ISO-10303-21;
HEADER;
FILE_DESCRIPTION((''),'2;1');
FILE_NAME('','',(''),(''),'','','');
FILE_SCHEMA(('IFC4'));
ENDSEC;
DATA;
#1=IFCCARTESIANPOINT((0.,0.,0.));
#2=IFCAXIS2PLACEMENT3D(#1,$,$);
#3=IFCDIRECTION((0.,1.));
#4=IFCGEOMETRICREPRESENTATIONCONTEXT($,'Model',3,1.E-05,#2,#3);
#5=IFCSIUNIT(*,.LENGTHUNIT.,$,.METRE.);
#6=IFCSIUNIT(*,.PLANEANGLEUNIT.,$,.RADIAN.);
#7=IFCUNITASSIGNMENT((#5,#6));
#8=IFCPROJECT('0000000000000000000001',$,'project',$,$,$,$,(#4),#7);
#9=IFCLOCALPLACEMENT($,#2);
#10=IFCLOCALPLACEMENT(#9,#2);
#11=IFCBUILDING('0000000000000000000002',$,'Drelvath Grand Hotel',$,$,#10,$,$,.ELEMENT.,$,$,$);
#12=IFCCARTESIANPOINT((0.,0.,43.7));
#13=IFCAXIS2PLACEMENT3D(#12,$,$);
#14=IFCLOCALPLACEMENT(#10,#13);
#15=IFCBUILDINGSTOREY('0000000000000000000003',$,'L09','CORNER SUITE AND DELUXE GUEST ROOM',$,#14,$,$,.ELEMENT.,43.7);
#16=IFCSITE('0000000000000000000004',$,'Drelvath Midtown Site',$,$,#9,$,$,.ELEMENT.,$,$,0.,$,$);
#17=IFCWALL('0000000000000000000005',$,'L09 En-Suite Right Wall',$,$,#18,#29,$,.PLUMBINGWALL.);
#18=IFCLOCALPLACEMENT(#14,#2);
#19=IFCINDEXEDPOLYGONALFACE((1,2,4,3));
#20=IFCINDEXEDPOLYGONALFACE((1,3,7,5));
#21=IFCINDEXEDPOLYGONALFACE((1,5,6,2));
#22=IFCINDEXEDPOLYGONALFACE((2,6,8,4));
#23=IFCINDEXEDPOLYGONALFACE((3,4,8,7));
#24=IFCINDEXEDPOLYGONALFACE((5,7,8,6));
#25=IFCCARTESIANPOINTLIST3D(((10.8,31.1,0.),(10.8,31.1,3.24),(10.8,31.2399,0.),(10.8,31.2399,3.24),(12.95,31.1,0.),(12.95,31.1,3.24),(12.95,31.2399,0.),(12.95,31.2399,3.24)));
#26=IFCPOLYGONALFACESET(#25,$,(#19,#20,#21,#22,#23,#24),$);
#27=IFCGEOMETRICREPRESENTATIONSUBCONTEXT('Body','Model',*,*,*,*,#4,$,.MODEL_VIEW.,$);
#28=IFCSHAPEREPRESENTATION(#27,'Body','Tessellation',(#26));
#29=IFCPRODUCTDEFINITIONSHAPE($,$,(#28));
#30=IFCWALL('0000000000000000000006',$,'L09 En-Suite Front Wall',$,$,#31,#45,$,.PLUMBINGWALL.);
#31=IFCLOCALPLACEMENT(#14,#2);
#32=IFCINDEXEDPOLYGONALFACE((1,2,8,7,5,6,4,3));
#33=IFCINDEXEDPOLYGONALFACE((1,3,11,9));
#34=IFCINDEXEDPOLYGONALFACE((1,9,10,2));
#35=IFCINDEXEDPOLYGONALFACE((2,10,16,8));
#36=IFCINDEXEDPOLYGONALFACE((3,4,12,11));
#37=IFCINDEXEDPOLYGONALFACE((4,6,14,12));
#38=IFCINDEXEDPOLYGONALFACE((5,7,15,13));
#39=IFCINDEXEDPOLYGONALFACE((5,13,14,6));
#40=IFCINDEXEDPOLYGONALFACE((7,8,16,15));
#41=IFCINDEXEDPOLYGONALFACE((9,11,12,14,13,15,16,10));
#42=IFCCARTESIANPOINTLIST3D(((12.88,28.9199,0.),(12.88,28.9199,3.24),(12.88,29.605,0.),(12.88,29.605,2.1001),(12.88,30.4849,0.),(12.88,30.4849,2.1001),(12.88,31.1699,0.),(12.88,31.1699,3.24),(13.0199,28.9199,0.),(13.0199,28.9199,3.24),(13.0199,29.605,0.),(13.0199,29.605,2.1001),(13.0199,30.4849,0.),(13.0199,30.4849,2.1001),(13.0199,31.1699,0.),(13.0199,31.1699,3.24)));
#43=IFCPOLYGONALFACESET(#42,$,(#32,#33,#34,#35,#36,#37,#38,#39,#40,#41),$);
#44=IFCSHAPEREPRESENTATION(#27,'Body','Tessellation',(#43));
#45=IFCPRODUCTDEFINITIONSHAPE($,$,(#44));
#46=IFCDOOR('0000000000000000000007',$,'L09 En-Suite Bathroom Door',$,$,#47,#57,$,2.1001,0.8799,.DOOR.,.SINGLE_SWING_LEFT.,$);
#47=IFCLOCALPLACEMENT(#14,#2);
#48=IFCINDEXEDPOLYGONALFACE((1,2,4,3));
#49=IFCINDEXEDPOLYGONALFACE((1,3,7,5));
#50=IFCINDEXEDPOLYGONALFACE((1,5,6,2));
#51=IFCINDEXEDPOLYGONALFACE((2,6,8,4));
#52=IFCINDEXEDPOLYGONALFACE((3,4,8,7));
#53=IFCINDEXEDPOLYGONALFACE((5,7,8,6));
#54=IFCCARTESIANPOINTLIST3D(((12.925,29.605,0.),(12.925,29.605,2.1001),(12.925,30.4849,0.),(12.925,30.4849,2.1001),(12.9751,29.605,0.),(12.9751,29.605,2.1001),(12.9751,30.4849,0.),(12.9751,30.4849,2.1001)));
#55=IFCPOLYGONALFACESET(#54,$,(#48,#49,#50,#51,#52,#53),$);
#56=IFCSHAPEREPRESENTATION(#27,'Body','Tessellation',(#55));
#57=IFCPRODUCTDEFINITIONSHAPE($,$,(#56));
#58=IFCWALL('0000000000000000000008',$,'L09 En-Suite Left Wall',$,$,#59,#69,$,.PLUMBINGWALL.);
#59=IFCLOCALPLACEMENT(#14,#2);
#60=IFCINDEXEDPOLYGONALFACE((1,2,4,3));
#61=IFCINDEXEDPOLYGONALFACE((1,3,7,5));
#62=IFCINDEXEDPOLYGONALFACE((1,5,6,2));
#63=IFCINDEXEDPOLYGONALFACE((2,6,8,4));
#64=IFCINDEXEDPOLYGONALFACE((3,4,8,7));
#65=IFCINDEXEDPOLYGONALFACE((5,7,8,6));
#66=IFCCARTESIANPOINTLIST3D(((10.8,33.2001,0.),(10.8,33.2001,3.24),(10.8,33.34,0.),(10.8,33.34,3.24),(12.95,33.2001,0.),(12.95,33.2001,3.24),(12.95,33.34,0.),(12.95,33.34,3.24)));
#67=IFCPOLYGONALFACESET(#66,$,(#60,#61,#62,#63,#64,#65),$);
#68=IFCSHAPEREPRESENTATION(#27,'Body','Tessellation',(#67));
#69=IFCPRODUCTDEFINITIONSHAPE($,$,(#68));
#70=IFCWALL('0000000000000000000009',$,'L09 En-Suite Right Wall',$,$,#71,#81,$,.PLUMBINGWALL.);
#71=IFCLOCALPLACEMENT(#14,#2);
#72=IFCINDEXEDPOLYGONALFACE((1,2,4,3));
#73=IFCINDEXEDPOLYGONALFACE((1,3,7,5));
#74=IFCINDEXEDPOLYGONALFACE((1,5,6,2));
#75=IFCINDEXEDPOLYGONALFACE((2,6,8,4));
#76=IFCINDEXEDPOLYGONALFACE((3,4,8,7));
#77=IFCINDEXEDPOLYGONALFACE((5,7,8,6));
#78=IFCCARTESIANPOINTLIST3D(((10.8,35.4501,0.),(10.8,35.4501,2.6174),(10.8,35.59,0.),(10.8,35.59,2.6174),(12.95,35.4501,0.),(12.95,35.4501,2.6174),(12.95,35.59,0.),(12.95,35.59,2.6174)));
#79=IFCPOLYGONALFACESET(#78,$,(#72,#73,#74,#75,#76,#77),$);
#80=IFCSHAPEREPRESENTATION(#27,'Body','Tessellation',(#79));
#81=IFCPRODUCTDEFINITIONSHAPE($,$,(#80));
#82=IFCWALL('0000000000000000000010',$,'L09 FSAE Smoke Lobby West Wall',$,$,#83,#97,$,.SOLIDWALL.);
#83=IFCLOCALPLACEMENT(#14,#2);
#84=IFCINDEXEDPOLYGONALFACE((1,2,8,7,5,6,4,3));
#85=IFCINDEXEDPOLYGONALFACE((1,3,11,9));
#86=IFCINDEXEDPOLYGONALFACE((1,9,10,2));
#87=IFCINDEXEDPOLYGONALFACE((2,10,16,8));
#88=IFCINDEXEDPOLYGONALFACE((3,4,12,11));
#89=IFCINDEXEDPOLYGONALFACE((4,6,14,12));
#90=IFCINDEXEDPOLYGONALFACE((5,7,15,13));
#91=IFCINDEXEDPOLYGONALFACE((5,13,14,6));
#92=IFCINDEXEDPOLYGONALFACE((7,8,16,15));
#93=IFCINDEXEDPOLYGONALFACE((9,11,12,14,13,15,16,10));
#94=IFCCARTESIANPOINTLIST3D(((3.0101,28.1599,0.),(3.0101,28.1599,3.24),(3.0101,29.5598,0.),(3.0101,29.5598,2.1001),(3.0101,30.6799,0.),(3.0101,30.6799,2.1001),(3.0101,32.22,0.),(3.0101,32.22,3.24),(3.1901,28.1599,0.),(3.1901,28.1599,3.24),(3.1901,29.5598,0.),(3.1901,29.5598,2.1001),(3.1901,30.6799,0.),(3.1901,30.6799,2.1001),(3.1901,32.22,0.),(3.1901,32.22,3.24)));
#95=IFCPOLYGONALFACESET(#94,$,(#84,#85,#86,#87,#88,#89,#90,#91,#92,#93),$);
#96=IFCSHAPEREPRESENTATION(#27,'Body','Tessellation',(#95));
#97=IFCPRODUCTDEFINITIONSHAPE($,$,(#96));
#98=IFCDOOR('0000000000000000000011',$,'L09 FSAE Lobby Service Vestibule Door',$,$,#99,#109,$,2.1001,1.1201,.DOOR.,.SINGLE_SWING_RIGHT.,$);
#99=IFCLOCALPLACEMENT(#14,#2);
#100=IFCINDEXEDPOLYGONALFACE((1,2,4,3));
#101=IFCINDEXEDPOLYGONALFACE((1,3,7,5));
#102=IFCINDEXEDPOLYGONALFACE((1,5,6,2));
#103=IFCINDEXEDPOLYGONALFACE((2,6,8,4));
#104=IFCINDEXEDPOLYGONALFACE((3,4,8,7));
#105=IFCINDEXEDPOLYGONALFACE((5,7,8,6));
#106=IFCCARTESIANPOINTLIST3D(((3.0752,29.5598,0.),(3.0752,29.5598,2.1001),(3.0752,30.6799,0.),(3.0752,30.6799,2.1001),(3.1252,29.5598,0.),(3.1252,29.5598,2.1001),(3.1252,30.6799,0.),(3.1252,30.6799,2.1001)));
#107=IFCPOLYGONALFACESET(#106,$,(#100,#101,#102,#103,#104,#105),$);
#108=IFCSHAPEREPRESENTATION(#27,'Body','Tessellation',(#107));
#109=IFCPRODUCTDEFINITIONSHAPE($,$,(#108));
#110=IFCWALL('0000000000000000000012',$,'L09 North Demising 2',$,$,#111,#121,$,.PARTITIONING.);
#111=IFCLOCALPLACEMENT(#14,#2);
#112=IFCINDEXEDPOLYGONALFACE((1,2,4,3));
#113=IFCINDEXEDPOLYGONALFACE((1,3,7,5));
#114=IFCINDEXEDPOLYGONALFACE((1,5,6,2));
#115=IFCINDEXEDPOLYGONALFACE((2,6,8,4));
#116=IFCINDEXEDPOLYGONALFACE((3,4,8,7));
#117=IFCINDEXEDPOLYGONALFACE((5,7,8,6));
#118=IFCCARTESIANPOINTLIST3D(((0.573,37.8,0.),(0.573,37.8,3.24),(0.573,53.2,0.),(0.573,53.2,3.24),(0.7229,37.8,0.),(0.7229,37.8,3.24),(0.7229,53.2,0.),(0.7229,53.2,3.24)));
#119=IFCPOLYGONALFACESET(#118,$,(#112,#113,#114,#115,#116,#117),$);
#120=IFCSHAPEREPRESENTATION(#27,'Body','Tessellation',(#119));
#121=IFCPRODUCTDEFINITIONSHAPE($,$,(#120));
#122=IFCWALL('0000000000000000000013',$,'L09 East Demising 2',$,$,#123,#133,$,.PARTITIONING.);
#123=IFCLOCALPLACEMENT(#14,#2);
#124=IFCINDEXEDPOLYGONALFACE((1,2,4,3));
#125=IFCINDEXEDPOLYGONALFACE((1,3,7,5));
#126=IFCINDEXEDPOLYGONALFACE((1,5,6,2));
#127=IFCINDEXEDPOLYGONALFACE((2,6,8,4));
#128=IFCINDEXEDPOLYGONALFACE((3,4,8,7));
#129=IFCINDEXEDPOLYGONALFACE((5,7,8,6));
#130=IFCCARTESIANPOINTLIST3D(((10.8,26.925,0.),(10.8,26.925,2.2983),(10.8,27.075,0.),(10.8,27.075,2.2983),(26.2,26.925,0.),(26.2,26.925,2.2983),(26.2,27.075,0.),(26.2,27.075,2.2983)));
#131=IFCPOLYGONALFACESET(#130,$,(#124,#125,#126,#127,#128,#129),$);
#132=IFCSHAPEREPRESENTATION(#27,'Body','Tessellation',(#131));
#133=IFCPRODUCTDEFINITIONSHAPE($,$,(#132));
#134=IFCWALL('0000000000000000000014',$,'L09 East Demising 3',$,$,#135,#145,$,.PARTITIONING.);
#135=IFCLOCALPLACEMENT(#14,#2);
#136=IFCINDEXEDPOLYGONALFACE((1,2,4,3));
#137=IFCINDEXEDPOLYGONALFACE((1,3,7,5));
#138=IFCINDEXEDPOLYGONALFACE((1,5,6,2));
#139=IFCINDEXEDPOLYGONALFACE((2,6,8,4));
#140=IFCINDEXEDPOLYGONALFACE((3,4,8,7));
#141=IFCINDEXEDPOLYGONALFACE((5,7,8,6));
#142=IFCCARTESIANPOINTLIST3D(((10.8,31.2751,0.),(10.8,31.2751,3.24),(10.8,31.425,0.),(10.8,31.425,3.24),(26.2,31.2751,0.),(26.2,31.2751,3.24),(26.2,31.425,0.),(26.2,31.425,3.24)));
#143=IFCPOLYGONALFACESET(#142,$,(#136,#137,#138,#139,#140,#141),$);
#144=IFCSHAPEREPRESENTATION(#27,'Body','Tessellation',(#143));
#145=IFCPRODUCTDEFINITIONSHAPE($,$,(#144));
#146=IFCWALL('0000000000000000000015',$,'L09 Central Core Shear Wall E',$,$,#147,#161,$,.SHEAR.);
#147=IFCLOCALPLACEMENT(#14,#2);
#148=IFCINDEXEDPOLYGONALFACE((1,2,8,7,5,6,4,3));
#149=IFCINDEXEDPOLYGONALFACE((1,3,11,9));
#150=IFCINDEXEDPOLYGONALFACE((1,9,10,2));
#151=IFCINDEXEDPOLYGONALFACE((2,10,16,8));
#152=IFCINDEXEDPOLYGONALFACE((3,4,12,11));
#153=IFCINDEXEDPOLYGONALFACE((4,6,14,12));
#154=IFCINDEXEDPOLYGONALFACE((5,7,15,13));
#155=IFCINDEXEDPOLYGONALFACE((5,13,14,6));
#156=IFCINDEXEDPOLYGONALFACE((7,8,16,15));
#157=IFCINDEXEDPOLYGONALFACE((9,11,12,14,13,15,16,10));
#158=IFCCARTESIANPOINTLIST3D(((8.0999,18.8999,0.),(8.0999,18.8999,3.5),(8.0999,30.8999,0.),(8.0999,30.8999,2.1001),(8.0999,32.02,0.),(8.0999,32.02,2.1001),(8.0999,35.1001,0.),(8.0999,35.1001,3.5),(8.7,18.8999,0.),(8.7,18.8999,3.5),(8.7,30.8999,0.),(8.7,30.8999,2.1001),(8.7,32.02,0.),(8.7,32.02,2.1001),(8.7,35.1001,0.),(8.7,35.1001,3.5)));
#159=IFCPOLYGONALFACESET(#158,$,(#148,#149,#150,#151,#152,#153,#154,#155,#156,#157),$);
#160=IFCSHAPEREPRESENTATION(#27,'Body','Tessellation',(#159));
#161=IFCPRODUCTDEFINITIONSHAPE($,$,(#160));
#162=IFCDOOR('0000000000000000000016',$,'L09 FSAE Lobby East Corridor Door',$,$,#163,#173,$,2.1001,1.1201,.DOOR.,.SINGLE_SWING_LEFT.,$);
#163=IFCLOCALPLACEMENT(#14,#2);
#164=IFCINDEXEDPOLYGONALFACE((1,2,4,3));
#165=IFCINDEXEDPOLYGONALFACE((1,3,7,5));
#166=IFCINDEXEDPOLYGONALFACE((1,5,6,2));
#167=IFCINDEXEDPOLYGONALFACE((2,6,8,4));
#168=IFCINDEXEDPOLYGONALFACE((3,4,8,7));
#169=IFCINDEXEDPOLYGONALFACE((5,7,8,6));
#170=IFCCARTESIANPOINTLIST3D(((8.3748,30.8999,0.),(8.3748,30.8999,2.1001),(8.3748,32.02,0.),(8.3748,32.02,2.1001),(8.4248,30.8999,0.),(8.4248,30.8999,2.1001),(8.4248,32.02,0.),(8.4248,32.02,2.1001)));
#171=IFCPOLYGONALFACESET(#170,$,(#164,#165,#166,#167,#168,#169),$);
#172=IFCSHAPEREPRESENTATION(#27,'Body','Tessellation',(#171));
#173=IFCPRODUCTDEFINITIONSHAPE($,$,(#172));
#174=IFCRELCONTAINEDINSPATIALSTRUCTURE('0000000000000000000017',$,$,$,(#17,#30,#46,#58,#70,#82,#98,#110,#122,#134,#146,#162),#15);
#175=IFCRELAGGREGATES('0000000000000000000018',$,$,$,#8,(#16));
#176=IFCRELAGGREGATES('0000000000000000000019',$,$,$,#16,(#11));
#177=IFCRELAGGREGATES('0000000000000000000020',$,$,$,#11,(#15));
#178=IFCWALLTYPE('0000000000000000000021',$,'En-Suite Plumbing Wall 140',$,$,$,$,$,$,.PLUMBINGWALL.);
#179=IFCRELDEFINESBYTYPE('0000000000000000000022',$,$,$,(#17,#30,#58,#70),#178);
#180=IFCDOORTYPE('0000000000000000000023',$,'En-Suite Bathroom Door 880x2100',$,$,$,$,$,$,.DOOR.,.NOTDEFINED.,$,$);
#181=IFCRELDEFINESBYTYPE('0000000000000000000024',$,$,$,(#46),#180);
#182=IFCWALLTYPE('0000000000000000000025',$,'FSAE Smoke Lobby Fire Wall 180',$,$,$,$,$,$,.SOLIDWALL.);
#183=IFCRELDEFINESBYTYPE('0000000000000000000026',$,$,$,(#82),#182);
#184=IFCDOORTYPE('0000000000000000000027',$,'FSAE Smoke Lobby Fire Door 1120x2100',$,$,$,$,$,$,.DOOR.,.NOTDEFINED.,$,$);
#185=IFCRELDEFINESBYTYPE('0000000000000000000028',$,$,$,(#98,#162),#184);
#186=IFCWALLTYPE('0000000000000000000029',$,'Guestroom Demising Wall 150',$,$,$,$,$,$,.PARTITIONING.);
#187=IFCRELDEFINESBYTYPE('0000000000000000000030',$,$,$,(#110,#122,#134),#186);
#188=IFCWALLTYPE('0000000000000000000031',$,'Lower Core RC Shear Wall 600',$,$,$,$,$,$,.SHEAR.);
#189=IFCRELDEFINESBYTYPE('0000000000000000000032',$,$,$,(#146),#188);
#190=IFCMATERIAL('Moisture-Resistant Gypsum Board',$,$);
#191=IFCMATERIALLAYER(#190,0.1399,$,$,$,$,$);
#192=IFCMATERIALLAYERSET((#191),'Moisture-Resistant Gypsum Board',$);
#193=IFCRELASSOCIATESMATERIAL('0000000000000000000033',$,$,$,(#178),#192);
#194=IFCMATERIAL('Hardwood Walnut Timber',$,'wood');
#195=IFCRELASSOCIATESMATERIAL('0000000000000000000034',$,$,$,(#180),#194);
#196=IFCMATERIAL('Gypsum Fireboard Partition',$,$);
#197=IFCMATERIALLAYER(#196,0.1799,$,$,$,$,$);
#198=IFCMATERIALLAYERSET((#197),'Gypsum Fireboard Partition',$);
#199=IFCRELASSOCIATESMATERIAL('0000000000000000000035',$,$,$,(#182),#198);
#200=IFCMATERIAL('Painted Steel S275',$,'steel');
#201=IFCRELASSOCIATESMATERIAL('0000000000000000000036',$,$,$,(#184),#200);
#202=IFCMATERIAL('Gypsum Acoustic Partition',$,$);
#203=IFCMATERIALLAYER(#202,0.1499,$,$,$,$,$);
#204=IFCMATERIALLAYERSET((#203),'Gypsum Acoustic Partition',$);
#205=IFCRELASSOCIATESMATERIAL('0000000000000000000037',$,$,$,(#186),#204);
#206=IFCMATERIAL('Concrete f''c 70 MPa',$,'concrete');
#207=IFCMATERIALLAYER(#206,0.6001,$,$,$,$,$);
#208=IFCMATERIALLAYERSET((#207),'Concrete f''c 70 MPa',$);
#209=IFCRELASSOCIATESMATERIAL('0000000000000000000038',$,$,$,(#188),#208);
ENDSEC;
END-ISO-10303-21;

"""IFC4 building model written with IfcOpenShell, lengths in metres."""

from ifc_helpers import new_model, si_unit, direction, frame, frame_2d, origin, place, context, subcontext, project, spatial, rectangle, extrude, material, layer, layer_set, type_object, element, fill, save


model = new_model("IFC4")

# Units and contexts
model_context = context("Model", 3, precision=1e-05, world=origin(), true_north=direction((0.0, 1.0)))
body_context = subcontext(model_context, "Body", "Model", "MODEL_VIEW")
ifc_project = project(units=[si_unit("LENGTHUNIT", "METRE"), si_unit("PLANEANGLEUNIT", "RADIAN")], contexts=[model_context])

# Site, building, storey
site_placement = place(None, origin())
site = spatial("IfcSite", under=ifc_project, at=site_placement, Name="Drelvath Midtown Site", CompositionType="ELEMENT", RefElevation=0.0)
building_placement = place(site_placement, origin())
building = spatial("IfcBuilding", under=site, at=building_placement, Name="Drelvath Grand Hotel", CompositionType="ELEMENT")
storey_placement = place(building_placement, frame((0.0, 0.0, 43.7)))
storey = spatial("IfcBuildingStorey", under=building, at=storey_placement, Name="L09", Description="CORNER SUITE AND DELUXE GUEST ROOM", CompositionType="ELEMENT", Elevation=43.7)

# Shared definitions
ifc_material_1 = material(Name="Concrete f'c 70 MPa", Category="concrete")

# Shared definitions
ifc_material_2 = material(Name="Painted Steel S275", Category="steel")

# Wall
ifc_material_3 = material(Name="Gypsum Fireboard Partition")
ifc_material_4 = material(Name="Moisture-Resistant Gypsum Board")
ifc_layer_1 = layer(ifc_material_4, 0.1399)
ifc_layer_set_1 = layer_set([ifc_layer_1], Name="Moisture-Resistant Gypsum Board")
wall_type_1 = type_object("IfcWallType", Name="En-Suite Plumbing Wall 140", PredefinedType="PLUMBINGWALL", material=ifc_layer_set_1)
for number, where, z_axis, x_axis, name in (
    (1, (10.8, 31.1699, 0.0), (0.0, 0.0, 1.0), (1.0, 0.0, 0.0), "L09 En-Suite Right Wall"),
):
    element("IfcWall", number, at=place(storey_placement, frame(where, z_axis=z_axis, x_axis=x_axis)), inside=storey, type_object=wall_type_1, Name=name, PredefinedType="PLUMBINGWALL", context=body_context, shape_type="SweptSolid", body=[
        extrude(rectangle(XDim=2.1499, YDim=0.1399, at=frame_2d((1.075, 0.0))), origin(), (0.0, 0.0, 1.0), 3.24),
    ])

# Wall, opening, door
wall_1_placement = place(storey_placement, frame((12.95, 28.9199, 0.0), z_axis=(0.0, 0.0, 1.0), x_axis=(0.0, 1.0, 0.0)))
wall_1 = element("IfcWall", 2, at=wall_1_placement, inside=storey, type_object=wall_type_1, Name="L09 En-Suite Front Wall", PredefinedType="PLUMBINGWALL", context=body_context, shape_type="SweptSolid", body=[
    extrude(rectangle(XDim=2.25, YDim=0.1399, at=frame_2d((1.125, 0.0))), origin(), (0.0, 0.0, 1.0), 3.24),
])
opening_1_placement = place(wall_1_placement, frame((0.6851, 0.0, 0.0)))
opening_1 = element("IfcOpeningElement", 3, at=opening_1_placement, cuts=wall_1, PredefinedType="OPENING", context=body_context, shape_type="SweptSolid", body=[
    extrude(rectangle(XDim=0.8799, YDim=2.1001, at=frame_2d((0.4399, 1.05))), frame((0.0, 0.0798, 0.0), z_axis=(0.0, -1.0, 0.0), x_axis=(1.0, 0.0, 0.0)), (0.0, 0.0, 1.0), 0.1599),
])
ifc_material_5 = material(Name="Hardwood Walnut Timber", Category="wood")
door_type_1 = type_object("IfcDoorType", Name="En-Suite Bathroom Door 880x2100", OperationType="NOTDEFINED", PredefinedType="DOOR", material=ifc_material_5)
door_1_placement = place(opening_1_placement, origin())
door_1 = element("IfcDoor", 4, at=door_1_placement, inside=storey, type_object=door_type_1, Name="L09 En-Suite Bathroom Door", OperationType="SINGLE_SWING_LEFT", OverallHeight=2.1001, OverallWidth=0.8799, PredefinedType="DOOR", context=body_context, shape_type="SweptSolid", body=[
    extrude(rectangle(XDim=0.8799, YDim=2.1001, at=frame_2d((0.4399, 1.05))), frame((0.0, 0.0249, 0.0), z_axis=(0.0, -1.0, 0.0), x_axis=(1.0, 0.0, 0.0)), (0.0, 0.0, 1.0), 0.05),
])
fill(opening_1, door_1)

# Walls
wall_2_placement = place(storey_placement, frame((10.8, 33.27, 0.0), z_axis=(0.0, 0.0, 1.0), x_axis=(1.0, 0.0, 0.0)))
element("IfcWall", 5, at=wall_2_placement, inside=storey, type_object=wall_type_1, Name="L09 En-Suite Left Wall", PredefinedType="PLUMBINGWALL", context=body_context, shape_type="SweptSolid", body=[
    extrude(rectangle(XDim=2.1499, YDim=0.1399, at=frame_2d((1.075, 0.0))), origin(), (0.0, 0.0, 1.0), 3.24),
])
wall_3_placement = place(storey_placement, frame((10.8, 35.52, 0.0), z_axis=(0.0, 0.0, 1.0), x_axis=(1.0, 0.0, 0.0)))
element("IfcWall", 6, at=wall_3_placement, inside=storey, type_object=wall_type_1, Name="L09 En-Suite Right Wall", PredefinedType="PLUMBINGWALL", context=body_context, shape_type="SweptSolid", body=[
    extrude(rectangle(XDim=2.1499, YDim=0.1399, at=frame_2d((1.075, 0.0))), origin(), (0.0, 0.0, 1.0), 2.6174),
])

# Wall, opening, door
ifc_layer_2 = layer(ifc_material_3, 0.1799)
ifc_layer_set_2 = layer_set([ifc_layer_2], Name="Gypsum Fireboard Partition")
wall_type_2 = type_object("IfcWallType", Name="FSAE Smoke Lobby Fire Wall 180", PredefinedType="SOLIDWALL", material=ifc_layer_set_2)
wall_4_placement = place(storey_placement, frame((3.1001, 28.1599, 0.0), z_axis=(0.0, 0.0, 1.0), x_axis=(0.0, 1.0, 0.0)))
wall_4 = element("IfcWall", 7, at=wall_4_placement, inside=storey, type_object=wall_type_2, Name="L09 FSAE Smoke Lobby West Wall", PredefinedType="SOLIDWALL", context=body_context, shape_type="SweptSolid", body=[
    extrude(rectangle(XDim=4.0601, YDim=0.1799, at=frame_2d((2.03, 0.0))), origin(), (0.0, 0.0, 1.0), 3.24),
])
opening_2_placement = place(wall_4_placement, frame((1.3999, 0.0, 0.0)))
opening_2 = element("IfcOpeningElement", 8, at=opening_2_placement, cuts=wall_4, PredefinedType="OPENING", context=body_context, shape_type="SweptSolid", body=[
    extrude(rectangle(XDim=1.1201, YDim=2.1001, at=frame_2d((0.5601, 1.05))), frame((0.0, 0.0999, 0.0), z_axis=(0.0, -1.0, 0.0), x_axis=(1.0, 0.0, 0.0)), (0.0, 0.0, 1.0), 0.2),
])
door_type_2 = type_object("IfcDoorType", Name="FSAE Smoke Lobby Fire Door 1120x2100", OperationType="NOTDEFINED", PredefinedType="DOOR", material=ifc_material_2)
door_2_placement = place(opening_2_placement, origin())
door_2 = element("IfcDoor", 9, at=door_2_placement, inside=storey, type_object=door_type_2, Name="L09 FSAE Lobby Service Vestibule Door", OperationType="SINGLE_SWING_RIGHT", OverallHeight=2.1001, OverallWidth=1.1201, PredefinedType="DOOR", context=body_context, shape_type="SweptSolid", body=[
    extrude(rectangle(XDim=1.1201, YDim=2.1001, at=frame_2d((0.5601, 1.05))), frame((0.0, 0.0249, 0.0), z_axis=(0.0, -1.0, 0.0), x_axis=(1.0, 0.0, 0.0)), (0.0, 0.0, 1.0), 0.05),
])
fill(opening_2, door_2)

# Walls
ifc_material_6 = material(Name="Gypsum Acoustic Partition")
ifc_layer_3 = layer(ifc_material_6, 0.1499)
ifc_layer_set_3 = layer_set([ifc_layer_3], Name="Gypsum Acoustic Partition")
wall_type_3 = type_object("IfcWallType", Name="Guestroom Demising Wall 150", PredefinedType="PARTITIONING", material=ifc_layer_set_3)
wall_5_placement = place(storey_placement, frame((0.6479, 37.8, 0.0), z_axis=(0.0, 0.0, 1.0), x_axis=(0.0, 1.0, 0.0)))
element("IfcWall", 10, at=wall_5_placement, inside=storey, type_object=wall_type_3, Name="L09 North Demising 2", PredefinedType="PARTITIONING", context=body_context, shape_type="SweptSolid", body=[
    extrude(rectangle(XDim=15.3999, YDim=0.1499, at=frame_2d((7.7, 0.0))), origin(), (0.0, 0.0, 1.0), 3.24),
])
wall_6_placement = place(storey_placement, frame((10.8, 27.0, 0.0), z_axis=(0.0, 0.0, 1.0), x_axis=(1.0, 0.0, 0.0)))
element("IfcWall", 11, at=wall_6_placement, inside=storey, type_object=wall_type_3, Name="L09 East Demising 2", PredefinedType="PARTITIONING", context=body_context, shape_type="SweptSolid", body=[
    extrude(rectangle(XDim=15.3999, YDim=0.1499, at=frame_2d((7.7, 0.0))), origin(), (0.0, 0.0, 1.0), 2.2983),
])
wall_7_placement = place(storey_placement, frame((10.8, 31.3501, 0.0), z_axis=(0.0, 0.0, 1.0), x_axis=(1.0, 0.0, 0.0)))
element("IfcWall", 12, at=wall_7_placement, inside=storey, type_object=wall_type_3, Name="L09 East Demising 3", PredefinedType="PARTITIONING", context=body_context, shape_type="SweptSolid", body=[
    extrude(rectangle(XDim=15.3999, YDim=0.1499, at=frame_2d((7.7, 0.0))), origin(), (0.0, 0.0, 1.0), 3.24),
])

# Wall, opening, door
ifc_layer_4 = layer(ifc_material_1, 0.6001)
ifc_layer_set_4 = layer_set([ifc_layer_4], Name="Concrete f'c 70 MPa")
wall_type_4 = type_object("IfcWallType", Name="Lower Core RC Shear Wall 600", PredefinedType="SHEAR", material=ifc_layer_set_4)
wall_8_placement = place(storey_placement, frame((8.3999, 35.1001, 0.0), z_axis=(0.0, 0.0, 1.0), x_axis=(0.0, -1.0, 0.0)))
wall_8 = element("IfcWall", 13, at=wall_8_placement, inside=storey, type_object=wall_type_4, Name="L09 Central Core Shear Wall E", PredefinedType="SHEAR", context=body_context, shape_type="SweptSolid", body=[
    extrude(rectangle(XDim=16.2002, YDim=0.6001, at=frame_2d((8.1001, 0.0))), origin(), (0.0, 0.0, 1.0), 3.5),
])
opening_3_placement = place(wall_8_placement, frame((3.0801, 0.0, 0.0)))
opening_3 = element("IfcOpeningElement", 14, at=opening_3_placement, cuts=wall_8, PredefinedType="OPENING", context=body_context, shape_type="SweptSolid", body=[
    extrude(rectangle(XDim=1.1201, YDim=2.1001, at=frame_2d((0.5601, 1.05))), frame((0.0, 0.3101, 0.0), z_axis=(0.0, -1.0, 0.0), x_axis=(1.0, 0.0, 0.0)), (0.0, 0.0, 1.0), 0.6201),
])
door_3_placement = place(opening_3_placement, origin())
door_3 = element("IfcDoor", 15, at=door_3_placement, inside=storey, type_object=door_type_2, Name="L09 FSAE Lobby East Corridor Door", OperationType="SINGLE_SWING_LEFT", OverallHeight=2.1001, OverallWidth=1.1201, PredefinedType="DOOR", context=body_context, shape_type="SweptSolid", body=[
    extrude(rectangle(XDim=1.1201, YDim=2.1001, at=frame_2d((0.5601, 1.05))), frame((0.0, 0.0249, 0.0), z_axis=(0.0, -1.0, 0.0), x_axis=(1.0, 0.0, 0.0)), (0.0, 0.0, 1.0), 0.05),
])
fill(opening_3, door_3)

save(model, "model.ifc")
